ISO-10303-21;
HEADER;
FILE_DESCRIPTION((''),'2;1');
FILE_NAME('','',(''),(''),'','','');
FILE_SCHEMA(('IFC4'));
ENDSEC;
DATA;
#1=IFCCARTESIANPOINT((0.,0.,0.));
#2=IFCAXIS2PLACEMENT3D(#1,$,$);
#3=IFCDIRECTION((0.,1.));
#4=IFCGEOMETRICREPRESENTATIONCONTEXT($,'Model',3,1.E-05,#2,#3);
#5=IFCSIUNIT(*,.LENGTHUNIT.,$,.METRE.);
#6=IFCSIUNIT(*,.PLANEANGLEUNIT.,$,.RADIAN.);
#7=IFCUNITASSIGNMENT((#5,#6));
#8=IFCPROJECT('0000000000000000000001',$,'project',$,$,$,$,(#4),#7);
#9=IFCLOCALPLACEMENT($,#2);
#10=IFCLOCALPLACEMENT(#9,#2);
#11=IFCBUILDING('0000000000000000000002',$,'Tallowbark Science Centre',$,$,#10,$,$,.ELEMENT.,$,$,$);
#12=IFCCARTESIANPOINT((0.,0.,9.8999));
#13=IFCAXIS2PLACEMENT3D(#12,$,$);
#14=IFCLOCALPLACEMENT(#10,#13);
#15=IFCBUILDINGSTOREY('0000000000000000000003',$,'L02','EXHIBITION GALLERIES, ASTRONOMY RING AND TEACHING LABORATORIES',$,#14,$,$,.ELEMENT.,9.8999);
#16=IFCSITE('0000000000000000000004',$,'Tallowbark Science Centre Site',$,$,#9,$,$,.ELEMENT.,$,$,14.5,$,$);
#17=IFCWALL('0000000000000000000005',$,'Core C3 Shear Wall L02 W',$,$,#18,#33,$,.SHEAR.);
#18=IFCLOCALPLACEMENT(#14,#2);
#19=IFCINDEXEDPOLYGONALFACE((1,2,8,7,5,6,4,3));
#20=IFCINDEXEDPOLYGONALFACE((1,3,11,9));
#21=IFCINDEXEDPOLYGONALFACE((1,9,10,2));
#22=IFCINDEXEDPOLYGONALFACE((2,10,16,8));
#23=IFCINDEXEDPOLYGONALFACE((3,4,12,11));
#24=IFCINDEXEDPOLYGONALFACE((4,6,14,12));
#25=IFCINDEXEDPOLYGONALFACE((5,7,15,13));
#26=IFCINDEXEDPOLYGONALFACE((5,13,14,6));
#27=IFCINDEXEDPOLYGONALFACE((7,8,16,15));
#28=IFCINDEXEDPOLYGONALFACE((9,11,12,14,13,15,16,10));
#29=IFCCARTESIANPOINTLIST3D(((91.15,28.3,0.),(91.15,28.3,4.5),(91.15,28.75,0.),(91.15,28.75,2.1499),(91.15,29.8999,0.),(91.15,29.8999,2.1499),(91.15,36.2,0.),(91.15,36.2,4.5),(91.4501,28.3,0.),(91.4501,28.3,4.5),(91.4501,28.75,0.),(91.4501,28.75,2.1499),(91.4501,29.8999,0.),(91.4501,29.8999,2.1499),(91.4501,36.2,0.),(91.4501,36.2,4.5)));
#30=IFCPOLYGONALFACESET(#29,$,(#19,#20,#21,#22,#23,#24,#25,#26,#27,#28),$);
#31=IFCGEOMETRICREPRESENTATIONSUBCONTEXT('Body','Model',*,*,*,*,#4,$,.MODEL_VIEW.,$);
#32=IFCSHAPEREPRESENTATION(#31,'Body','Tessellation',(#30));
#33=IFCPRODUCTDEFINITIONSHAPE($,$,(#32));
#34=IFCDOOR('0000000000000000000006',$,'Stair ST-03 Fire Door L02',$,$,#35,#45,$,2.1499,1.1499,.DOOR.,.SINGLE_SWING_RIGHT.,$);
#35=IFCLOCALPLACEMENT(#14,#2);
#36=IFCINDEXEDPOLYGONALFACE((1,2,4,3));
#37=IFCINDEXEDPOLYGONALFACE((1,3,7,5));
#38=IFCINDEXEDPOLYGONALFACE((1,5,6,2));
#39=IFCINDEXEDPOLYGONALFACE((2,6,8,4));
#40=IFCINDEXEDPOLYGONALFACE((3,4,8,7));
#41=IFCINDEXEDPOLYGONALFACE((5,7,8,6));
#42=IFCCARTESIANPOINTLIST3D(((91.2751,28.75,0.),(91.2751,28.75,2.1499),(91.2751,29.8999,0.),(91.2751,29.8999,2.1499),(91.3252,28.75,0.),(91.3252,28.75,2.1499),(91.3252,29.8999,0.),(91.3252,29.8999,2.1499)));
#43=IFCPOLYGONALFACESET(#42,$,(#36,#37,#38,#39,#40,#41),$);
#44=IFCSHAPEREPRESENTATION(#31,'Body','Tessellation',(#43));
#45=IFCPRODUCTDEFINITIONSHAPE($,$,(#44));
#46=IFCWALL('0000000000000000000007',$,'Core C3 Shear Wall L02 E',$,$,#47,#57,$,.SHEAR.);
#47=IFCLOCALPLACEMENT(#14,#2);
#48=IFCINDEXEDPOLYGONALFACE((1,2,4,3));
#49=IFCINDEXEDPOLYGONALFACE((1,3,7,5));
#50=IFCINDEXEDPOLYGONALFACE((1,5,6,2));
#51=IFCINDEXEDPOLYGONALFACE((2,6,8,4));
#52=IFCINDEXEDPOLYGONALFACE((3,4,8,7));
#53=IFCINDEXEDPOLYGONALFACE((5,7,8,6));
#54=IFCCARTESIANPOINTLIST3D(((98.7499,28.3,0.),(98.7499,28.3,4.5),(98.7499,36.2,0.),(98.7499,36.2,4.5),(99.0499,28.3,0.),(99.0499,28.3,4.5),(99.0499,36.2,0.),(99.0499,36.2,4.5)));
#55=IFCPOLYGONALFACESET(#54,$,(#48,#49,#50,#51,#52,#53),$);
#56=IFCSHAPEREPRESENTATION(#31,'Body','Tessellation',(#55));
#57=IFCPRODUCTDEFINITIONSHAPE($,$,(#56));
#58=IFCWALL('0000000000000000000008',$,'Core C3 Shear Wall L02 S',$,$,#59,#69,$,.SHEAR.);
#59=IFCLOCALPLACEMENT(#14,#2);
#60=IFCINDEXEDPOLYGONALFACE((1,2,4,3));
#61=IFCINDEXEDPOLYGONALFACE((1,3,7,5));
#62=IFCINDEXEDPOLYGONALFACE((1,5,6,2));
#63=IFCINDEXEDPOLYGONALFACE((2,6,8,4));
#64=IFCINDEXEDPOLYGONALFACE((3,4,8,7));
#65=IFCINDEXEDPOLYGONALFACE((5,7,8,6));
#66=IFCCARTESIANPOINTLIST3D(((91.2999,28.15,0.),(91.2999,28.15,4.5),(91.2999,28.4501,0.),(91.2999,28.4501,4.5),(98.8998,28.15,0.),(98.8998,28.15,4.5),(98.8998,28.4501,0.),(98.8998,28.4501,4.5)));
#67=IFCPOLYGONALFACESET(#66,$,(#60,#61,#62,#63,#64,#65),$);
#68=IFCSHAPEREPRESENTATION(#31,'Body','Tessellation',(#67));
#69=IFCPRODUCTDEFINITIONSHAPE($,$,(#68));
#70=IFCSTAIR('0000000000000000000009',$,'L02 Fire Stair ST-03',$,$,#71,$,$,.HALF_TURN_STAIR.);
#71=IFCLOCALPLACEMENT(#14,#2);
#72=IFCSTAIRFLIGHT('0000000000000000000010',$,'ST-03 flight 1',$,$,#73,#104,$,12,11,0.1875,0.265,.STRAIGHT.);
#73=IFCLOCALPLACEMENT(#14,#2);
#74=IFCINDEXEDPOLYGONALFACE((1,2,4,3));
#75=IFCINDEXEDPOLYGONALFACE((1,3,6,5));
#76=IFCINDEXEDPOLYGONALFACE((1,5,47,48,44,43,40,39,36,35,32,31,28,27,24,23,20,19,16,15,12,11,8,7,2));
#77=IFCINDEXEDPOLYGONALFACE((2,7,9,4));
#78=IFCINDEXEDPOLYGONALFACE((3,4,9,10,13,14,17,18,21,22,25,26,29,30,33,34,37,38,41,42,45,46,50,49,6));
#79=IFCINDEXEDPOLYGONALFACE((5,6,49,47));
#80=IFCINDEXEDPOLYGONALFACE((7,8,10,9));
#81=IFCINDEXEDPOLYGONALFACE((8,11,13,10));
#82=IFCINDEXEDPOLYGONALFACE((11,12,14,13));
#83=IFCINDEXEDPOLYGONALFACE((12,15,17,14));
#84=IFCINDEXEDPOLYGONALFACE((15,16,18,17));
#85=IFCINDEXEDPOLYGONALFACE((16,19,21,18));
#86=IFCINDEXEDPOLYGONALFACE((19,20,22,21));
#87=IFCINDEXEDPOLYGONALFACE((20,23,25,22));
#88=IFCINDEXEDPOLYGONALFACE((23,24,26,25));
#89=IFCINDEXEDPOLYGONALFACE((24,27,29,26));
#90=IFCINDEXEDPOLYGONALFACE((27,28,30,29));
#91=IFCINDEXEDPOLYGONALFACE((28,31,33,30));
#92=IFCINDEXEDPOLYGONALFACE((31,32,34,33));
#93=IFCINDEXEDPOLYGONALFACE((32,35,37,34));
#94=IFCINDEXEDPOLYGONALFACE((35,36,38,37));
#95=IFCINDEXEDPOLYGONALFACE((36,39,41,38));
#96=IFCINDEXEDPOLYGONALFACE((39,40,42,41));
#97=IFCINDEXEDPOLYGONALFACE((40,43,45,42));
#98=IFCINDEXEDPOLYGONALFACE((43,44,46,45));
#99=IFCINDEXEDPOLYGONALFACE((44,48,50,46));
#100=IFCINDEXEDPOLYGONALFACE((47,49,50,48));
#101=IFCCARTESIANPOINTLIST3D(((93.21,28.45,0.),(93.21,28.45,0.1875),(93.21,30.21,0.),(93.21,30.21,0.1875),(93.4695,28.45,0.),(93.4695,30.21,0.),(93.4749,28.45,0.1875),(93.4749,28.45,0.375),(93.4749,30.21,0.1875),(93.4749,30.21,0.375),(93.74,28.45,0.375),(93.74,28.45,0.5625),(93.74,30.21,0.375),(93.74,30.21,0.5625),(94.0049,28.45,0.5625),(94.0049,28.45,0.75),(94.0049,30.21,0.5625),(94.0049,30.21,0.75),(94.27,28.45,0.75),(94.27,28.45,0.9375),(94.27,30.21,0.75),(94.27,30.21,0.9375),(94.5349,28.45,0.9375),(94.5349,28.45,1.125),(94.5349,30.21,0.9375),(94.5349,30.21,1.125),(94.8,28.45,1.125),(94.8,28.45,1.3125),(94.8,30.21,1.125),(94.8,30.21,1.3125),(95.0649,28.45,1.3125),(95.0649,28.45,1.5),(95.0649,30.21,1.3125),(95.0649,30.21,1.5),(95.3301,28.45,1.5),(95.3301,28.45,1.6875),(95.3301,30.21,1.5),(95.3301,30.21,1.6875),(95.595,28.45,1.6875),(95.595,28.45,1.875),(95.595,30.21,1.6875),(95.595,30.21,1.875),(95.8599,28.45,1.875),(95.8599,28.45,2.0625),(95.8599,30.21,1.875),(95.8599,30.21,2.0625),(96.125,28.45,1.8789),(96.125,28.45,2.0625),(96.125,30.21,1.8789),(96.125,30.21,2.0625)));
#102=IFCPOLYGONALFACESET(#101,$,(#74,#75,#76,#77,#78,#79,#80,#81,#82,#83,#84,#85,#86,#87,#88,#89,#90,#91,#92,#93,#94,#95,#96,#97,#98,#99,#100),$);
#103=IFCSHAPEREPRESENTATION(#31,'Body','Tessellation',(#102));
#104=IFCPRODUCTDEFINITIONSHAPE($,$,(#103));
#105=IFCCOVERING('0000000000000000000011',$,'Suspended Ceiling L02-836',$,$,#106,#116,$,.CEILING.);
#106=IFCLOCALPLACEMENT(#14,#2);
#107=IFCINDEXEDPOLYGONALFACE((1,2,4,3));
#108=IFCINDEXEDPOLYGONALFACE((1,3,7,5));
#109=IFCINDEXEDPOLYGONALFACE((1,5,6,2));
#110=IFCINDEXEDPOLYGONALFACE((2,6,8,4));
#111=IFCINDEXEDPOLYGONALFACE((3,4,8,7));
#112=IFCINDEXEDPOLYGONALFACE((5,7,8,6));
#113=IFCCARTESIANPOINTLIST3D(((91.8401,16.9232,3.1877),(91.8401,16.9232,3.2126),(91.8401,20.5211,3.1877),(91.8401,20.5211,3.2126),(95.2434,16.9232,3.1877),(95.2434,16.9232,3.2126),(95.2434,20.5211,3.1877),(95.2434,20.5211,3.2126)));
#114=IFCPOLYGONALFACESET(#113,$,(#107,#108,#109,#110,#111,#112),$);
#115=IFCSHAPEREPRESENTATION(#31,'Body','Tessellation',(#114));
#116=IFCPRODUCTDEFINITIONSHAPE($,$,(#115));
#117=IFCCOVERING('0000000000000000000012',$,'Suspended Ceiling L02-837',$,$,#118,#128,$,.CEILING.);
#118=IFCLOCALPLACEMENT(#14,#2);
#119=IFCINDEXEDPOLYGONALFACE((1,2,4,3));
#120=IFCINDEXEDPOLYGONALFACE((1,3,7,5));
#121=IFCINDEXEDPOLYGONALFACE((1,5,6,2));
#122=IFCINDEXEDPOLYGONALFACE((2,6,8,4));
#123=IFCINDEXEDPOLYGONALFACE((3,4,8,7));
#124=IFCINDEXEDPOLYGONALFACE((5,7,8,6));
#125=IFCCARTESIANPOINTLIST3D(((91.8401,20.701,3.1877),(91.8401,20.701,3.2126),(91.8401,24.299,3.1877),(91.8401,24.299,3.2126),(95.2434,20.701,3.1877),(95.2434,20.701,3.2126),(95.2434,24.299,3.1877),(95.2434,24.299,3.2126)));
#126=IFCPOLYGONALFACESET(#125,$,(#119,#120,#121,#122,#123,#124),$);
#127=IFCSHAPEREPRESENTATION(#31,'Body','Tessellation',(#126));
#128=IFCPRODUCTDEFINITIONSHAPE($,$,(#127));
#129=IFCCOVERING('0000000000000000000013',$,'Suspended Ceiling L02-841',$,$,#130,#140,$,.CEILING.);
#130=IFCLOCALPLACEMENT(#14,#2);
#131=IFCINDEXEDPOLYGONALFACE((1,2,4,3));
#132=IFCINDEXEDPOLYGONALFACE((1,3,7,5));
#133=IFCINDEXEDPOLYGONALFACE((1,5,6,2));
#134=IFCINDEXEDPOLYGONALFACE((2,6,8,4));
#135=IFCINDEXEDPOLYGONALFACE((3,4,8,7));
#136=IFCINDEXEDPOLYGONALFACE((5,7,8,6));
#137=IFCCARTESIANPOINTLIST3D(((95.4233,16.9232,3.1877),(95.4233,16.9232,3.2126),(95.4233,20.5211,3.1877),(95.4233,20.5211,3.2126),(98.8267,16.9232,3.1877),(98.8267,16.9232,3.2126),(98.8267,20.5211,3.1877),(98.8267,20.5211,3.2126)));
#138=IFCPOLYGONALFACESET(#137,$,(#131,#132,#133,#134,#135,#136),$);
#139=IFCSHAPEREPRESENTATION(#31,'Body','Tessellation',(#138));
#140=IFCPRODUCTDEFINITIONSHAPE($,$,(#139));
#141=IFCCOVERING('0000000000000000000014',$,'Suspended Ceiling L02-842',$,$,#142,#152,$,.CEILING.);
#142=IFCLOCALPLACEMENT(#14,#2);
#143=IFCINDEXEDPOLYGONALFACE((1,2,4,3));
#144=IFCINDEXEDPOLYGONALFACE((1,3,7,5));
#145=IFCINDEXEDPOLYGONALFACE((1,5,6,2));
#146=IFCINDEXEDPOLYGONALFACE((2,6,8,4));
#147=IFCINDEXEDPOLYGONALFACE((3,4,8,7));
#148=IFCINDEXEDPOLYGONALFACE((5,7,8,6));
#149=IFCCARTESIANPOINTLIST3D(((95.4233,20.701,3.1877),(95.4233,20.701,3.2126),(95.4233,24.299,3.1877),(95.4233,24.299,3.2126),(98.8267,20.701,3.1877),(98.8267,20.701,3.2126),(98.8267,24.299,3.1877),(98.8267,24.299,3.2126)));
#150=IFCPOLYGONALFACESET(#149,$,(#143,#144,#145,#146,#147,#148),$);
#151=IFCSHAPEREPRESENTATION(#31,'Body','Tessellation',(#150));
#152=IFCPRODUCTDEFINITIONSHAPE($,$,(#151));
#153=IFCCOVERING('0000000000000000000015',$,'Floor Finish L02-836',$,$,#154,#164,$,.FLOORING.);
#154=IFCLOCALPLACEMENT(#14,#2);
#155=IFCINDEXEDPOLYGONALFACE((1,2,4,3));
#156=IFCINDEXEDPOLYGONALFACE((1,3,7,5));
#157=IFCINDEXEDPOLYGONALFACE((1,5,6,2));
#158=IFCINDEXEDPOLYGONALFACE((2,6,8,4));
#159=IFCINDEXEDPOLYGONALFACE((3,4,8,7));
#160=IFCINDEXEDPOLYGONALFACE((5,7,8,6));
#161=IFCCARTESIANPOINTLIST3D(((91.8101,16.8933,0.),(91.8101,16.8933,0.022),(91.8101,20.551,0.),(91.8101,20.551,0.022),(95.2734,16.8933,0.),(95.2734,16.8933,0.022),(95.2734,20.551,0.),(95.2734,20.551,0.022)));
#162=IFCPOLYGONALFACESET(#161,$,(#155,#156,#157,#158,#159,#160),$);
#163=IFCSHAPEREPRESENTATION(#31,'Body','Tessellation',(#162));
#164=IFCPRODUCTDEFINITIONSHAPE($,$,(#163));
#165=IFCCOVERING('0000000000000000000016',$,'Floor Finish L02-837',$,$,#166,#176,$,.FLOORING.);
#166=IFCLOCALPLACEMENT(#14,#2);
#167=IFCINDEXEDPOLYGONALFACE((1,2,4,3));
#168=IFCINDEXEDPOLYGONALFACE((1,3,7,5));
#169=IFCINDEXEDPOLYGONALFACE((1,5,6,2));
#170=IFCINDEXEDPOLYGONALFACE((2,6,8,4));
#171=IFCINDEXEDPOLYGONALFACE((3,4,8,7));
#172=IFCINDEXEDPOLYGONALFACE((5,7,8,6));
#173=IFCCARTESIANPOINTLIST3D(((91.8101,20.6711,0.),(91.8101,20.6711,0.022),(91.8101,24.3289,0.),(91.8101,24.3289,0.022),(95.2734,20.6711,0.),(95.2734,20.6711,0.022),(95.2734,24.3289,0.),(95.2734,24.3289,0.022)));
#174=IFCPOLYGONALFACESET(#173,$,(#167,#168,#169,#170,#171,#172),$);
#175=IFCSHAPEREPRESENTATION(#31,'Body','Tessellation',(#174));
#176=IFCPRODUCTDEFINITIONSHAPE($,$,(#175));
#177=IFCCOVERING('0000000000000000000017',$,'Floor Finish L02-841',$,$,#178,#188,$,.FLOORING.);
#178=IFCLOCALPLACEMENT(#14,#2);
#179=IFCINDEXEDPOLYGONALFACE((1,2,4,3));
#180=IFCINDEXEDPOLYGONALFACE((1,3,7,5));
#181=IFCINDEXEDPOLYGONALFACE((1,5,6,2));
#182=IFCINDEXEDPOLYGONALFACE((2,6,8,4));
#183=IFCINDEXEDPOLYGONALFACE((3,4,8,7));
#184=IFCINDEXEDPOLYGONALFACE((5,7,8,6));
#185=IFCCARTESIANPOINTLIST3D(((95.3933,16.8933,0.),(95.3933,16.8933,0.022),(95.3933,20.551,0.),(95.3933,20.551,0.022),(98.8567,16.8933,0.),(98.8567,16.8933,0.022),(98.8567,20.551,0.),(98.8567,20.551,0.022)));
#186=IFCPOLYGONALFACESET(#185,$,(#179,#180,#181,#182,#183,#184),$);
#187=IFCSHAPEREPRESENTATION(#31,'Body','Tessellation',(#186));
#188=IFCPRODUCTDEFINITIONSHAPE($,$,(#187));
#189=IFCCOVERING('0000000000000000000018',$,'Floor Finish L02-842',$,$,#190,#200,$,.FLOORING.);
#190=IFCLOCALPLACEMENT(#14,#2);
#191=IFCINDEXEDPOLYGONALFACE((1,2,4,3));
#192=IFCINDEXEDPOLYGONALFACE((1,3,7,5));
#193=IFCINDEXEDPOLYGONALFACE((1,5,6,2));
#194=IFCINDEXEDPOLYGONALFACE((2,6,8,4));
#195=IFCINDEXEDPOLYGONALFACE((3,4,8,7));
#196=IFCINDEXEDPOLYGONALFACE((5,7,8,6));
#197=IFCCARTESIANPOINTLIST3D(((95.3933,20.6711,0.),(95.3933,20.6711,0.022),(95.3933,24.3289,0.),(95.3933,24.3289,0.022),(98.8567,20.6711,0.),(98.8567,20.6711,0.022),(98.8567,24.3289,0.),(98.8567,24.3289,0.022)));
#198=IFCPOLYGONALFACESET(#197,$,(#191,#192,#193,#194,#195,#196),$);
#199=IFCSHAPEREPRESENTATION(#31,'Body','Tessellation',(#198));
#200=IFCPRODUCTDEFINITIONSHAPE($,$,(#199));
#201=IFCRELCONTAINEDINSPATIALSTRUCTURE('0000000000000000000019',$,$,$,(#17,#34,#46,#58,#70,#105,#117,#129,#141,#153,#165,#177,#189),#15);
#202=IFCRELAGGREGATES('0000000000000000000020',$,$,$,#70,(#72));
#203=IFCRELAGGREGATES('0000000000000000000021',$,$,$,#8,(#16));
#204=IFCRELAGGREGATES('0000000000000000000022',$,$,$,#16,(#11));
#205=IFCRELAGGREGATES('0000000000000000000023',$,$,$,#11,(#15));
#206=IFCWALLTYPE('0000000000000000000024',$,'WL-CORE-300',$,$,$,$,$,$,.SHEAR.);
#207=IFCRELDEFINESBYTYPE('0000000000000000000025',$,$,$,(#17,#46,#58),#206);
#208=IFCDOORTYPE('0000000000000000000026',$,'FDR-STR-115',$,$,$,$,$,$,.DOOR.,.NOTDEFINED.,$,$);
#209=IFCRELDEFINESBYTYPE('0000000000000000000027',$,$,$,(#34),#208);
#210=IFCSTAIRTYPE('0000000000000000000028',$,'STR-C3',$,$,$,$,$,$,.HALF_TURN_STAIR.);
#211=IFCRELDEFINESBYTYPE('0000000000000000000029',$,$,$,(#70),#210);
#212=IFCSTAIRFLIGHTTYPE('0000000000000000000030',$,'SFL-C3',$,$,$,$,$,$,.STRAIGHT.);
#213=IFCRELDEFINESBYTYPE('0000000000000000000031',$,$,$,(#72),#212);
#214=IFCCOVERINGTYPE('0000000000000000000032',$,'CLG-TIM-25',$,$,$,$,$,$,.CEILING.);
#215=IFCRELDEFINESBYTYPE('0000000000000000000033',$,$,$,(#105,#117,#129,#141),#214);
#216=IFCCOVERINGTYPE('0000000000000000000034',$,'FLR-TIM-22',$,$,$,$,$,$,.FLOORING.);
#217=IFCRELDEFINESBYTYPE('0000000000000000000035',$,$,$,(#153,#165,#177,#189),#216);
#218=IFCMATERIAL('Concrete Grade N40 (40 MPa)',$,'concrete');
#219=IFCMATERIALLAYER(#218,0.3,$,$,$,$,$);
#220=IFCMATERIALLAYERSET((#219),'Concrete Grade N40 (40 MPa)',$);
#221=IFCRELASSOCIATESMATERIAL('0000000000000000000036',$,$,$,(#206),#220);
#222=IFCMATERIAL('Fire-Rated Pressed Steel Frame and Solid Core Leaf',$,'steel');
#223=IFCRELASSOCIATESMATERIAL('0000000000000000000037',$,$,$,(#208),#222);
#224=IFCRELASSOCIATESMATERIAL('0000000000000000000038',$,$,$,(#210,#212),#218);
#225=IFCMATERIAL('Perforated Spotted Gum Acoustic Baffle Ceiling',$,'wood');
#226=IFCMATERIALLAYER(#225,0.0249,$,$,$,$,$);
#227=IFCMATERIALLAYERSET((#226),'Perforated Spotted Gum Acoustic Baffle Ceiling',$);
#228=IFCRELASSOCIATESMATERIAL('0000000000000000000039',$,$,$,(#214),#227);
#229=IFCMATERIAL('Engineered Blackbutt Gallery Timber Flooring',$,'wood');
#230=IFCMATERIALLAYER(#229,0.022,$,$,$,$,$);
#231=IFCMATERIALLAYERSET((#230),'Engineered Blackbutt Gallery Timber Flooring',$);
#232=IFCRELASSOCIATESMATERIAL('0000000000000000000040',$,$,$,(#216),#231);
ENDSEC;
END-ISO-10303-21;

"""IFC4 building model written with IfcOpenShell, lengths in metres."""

from ifc_helpers import new_model, si_unit, direction, frame, frame_2d, origin, origin_2d, place, context, subcontext, project, spatial, polyline, rectangle, outline, extrude, material, layer, layer_set, type_object, element, fill, aggregate, save


model = new_model("IFC4")

# Units and contexts
model_context = context("Model", 3, precision=1e-05, world=origin(), true_north=direction((0.0, 1.0)))
body_context = subcontext(model_context, "Body", "Model", "MODEL_VIEW")
ifc_project = project(units=[si_unit("LENGTHUNIT", "METRE"), si_unit("PLANEANGLEUNIT", "RADIAN")], contexts=[model_context])

# Site, building, storey
site_placement = place(None, origin())
site = spatial("IfcSite", under=ifc_project, at=site_placement, Name="Tallowbark Science Centre Site", CompositionType="ELEMENT", RefElevation=14.5)
building_placement = place(site_placement, origin())
building = spatial("IfcBuilding", under=site, at=building_placement, Name="Tallowbark Science Centre", CompositionType="ELEMENT")
storey_placement = place(building_placement, frame((0.0, 0.0, 9.8999)))
storey = spatial("IfcBuildingStorey", under=building, at=storey_placement, Name="L02", Description="EXHIBITION GALLERIES, ASTRONOMY RING AND TEACHING LABORATORIES", CompositionType="ELEMENT", Elevation=9.8999)

# Shared definitions
ifc_material_1 = material(Name="Concrete Grade N40 (40 MPa)", Category="concrete")

# Wall, opening, door
ifc_layer_1 = layer(ifc_material_1, 0.3)
ifc_layer_set_1 = layer_set([ifc_layer_1], Name="Concrete Grade N40 (40 MPa)")
wall_type_1 = type_object("IfcWallType", Name="WL-CORE-300", PredefinedType="SHEAR", material=ifc_layer_set_1)
wall_1_placement = place(storey_placement, frame((91.3, 28.3, 0.0), z_axis=(0.0, 0.0, 1.0), x_axis=(0.0, 1.0, 0.0)))
wall_1 = element("IfcWall", 1, at=wall_1_placement, inside=storey, type_object=wall_type_1, Name="Core C3 Shear Wall L02 W", PredefinedType="SHEAR", context=body_context, shape_type="SweptSolid", body=[
    extrude(rectangle(XDim=7.8999, YDim=0.3, at=frame_2d((3.95, 0.0))), origin(), (0.0, 0.0, 1.0), 4.5),
])
opening_placement = place(wall_1_placement, frame((0.45, 0.0, 0.0)))
opening = element("IfcOpeningElement", 2, at=opening_placement, cuts=wall_1, PredefinedType="OPENING", context=body_context, shape_type="SweptSolid", body=[
    extrude(rectangle(XDim=1.1499, YDim=2.1499, at=frame_2d((0.575, 1.075))), frame((0.0, 0.1602, 0.0), z_axis=(0.0, -1.0, 0.0), x_axis=(1.0, 0.0, 0.0)), (0.0, 0.0, 1.0), 0.3201),
])
ifc_material_2 = material(Name="Fire-Rated Pressed Steel Frame and Solid Core Leaf", Category="steel")
door_type = type_object("IfcDoorType", Name="FDR-STR-115", OperationType="NOTDEFINED", PredefinedType="DOOR", material=ifc_material_2)
door_placement = place(opening_placement, origin())
door = element("IfcDoor", 3, at=door_placement, inside=storey, type_object=door_type, Name="Stair ST-03 Fire Door L02", OperationType="SINGLE_SWING_RIGHT", OverallHeight=2.1499, OverallWidth=1.1499, PredefinedType="DOOR", context=body_context, shape_type="SweptSolid", body=[
    extrude(rectangle(XDim=1.1499, YDim=2.1499, at=frame_2d((0.575, 1.075))), frame((0.0, 0.0249, 0.0), z_axis=(0.0, -1.0, 0.0), x_axis=(1.0, 0.0, 0.0)), (0.0, 0.0, 1.0), 0.05),
])
fill(opening, door)

# Walls
wall_2_placement = place(storey_placement, frame((98.8999, 28.3, 0.0), z_axis=(0.0, 0.0, 1.0), x_axis=(0.0, 1.0, 0.0)))
element("IfcWall", 4, at=wall_2_placement, inside=storey, type_object=wall_type_1, Name="Core C3 Shear Wall L02 E", PredefinedType="SHEAR", context=body_context, shape_type="SweptSolid", body=[
    extrude(rectangle(XDim=7.8999, YDim=0.3, at=frame_2d((3.95, 0.0))), origin(), (0.0, 0.0, 1.0), 4.5),
])
wall_3_placement = place(storey_placement, frame((91.3, 28.3, 0.0), z_axis=(0.0, 0.0, 1.0), x_axis=(1.0, 0.0, 0.0)))
element("IfcWall", 5, at=wall_3_placement, inside=storey, type_object=wall_type_1, Name="Core C3 Shear Wall L02 S", PredefinedType="SHEAR", context=body_context, shape_type="SweptSolid", body=[
    extrude(rectangle(XDim=7.5999, YDim=0.3, at=frame_2d((3.7998, 0.0))), origin(), (0.0, 0.0, 1.0), 4.5),
])

# Stair, stair flight
stair_type = type_object("IfcStairType", Name="STR-C3", PredefinedType="HALF_TURN_STAIR", material=ifc_material_1)
stair_placement = place(storey_placement, origin())
stair = element("IfcStair", 6, at=stair_placement, inside=storey, type_object=stair_type, Name="L02 Fire Stair ST-03", PredefinedType="HALF_TURN_STAIR")
stair_flight_type = type_object("IfcStairFlightType", Name="SFL-C3", PredefinedType="STRAIGHT", material=ifc_material_1)
stair_flight_placement = place(storey_placement, frame((93.21, 29.3301, 0.0), z_axis=(0.0, 0.0, 1.0), x_axis=(1.0, 0.0, 0.0)))
stair_flight = element("IfcStairFlight", 7, at=stair_flight_placement, type_object=stair_flight_type, Name="ST-03 flight 1", NumberOfRisers=12, NumberOfTreads=11, PredefinedType="STRAIGHT", RiserHeight=0.1875, TreadLength=0.265, context=body_context, shape_type="SweptSolid", body=[
    extrude(outline(polyline([(0.0, 0.0), (0.0, 0.1875), (0.2649, 0.1875), (0.2649, 0.375), (0.53, 0.375), (0.53, 0.5625), (0.7949, 0.5625), (0.7949, 0.75), (1.0601, 0.75), (1.0601, 0.9375), (1.325, 0.9375), (1.325, 1.125), (1.5901, 1.125), (1.5901, 1.3125), (1.855, 1.3125), (1.855, 1.5), (2.1201, 1.5), (2.1201, 1.6875), (2.385, 1.6875), (2.385, 1.875), (2.6499, 1.875), (2.6499, 2.0625), (2.915, 2.0625), (2.915, 2.25), (2.915, 1.8789), (0.2595, 0.0), (0.0, 0.0)])), frame((0.0, 0.8799, 0.0), z_axis=(0.0, -1.0, 0.0), x_axis=(1.0, 0.0, 0.0)), (0.0, 0.0, 1.0), 1.76),
])
aggregate(stair, [stair_flight])

# Coverings
ifc_material_3 = material(Name="Perforated Spotted Gum Acoustic Baffle Ceiling", Category="wood")
ifc_layer_2 = layer(ifc_material_3, 0.0249)
ifc_layer_set_2 = layer_set([ifc_layer_2], Name="Perforated Spotted Gum Acoustic Baffle Ceiling")
covering_type_1 = type_object("IfcCoveringType", Name="CLG-TIM-25", PredefinedType="CEILING", material=ifc_layer_set_2)
for number, where, z_axis, x_axis, name in (
    (8, (93.5417, 18.7222, 3.1877), (0.0, 0.0, 1.0), (1.0, 0.0, 0.0), "Suspended Ceiling L02-836"),
    (9, (93.5417, 22.5, 3.1877), (0.0, 0.0, 1.0), (1.0, 0.0, 0.0), "Suspended Ceiling L02-837"),
    (10, (97.125, 18.7222, 3.1877), (0.0, 0.0, 1.0), (1.0, 0.0, 0.0), "Suspended Ceiling L02-841"),
    (11, (97.125, 22.5, 3.1877), (0.0, 0.0, 1.0), (1.0, 0.0, 0.0), "Suspended Ceiling L02-842"),
):
    element("IfcCovering", number, at=place(storey_placement, frame(where, z_axis=z_axis, x_axis=x_axis)), inside=storey, type_object=covering_type_1, Name=name, PredefinedType="CEILING", context=body_context, shape_type="SweptSolid", body=[
        extrude(rectangle(XDim=3.4033, YDim=3.5979, at=origin_2d()), origin(), (0.0, 0.0, 1.0), 0.0249),
    ])
ifc_material_4 = material(Name="Engineered Blackbutt Gallery Timber Flooring", Category="wood")
ifc_layer_3 = layer(ifc_material_4, 0.022)
ifc_layer_set_3 = layer_set([ifc_layer_3], Name="Engineered Blackbutt Gallery Timber Flooring")
covering_type_2 = type_object("IfcCoveringType", Name="FLR-TIM-22", PredefinedType="FLOORING", material=ifc_layer_set_3)
for number, where, z_axis, x_axis, name in (
    (12, (93.5417, 18.7222, 0.0), (0.0, 0.0, 1.0), (1.0, 0.0, 0.0), "Floor Finish L02-836"),
    (13, (93.5417, 22.5, 0.0), (0.0, 0.0, 1.0), (1.0, 0.0, 0.0), "Floor Finish L02-837"),
    (14, (97.125, 18.7222, 0.0), (0.0, 0.0, 1.0), (1.0, 0.0, 0.0), "Floor Finish L02-841"),
    (15, (97.125, 22.5, 0.0), (0.0, 0.0, 1.0), (1.0, 0.0, 0.0), "Floor Finish L02-842"),
):
    element("IfcCovering", number, at=place(storey_placement, frame(where, z_axis=z_axis, x_axis=x_axis)), inside=storey, type_object=covering_type_2, Name=name, PredefinedType="FLOORING", context=body_context, shape_type="SweptSolid", body=[
        extrude(rectangle(XDim=3.4634, YDim=3.6577, at=origin_2d()), origin(), (0.0, 0.0, 1.0), 0.022),
    ])

save(model, "model.ifc")
